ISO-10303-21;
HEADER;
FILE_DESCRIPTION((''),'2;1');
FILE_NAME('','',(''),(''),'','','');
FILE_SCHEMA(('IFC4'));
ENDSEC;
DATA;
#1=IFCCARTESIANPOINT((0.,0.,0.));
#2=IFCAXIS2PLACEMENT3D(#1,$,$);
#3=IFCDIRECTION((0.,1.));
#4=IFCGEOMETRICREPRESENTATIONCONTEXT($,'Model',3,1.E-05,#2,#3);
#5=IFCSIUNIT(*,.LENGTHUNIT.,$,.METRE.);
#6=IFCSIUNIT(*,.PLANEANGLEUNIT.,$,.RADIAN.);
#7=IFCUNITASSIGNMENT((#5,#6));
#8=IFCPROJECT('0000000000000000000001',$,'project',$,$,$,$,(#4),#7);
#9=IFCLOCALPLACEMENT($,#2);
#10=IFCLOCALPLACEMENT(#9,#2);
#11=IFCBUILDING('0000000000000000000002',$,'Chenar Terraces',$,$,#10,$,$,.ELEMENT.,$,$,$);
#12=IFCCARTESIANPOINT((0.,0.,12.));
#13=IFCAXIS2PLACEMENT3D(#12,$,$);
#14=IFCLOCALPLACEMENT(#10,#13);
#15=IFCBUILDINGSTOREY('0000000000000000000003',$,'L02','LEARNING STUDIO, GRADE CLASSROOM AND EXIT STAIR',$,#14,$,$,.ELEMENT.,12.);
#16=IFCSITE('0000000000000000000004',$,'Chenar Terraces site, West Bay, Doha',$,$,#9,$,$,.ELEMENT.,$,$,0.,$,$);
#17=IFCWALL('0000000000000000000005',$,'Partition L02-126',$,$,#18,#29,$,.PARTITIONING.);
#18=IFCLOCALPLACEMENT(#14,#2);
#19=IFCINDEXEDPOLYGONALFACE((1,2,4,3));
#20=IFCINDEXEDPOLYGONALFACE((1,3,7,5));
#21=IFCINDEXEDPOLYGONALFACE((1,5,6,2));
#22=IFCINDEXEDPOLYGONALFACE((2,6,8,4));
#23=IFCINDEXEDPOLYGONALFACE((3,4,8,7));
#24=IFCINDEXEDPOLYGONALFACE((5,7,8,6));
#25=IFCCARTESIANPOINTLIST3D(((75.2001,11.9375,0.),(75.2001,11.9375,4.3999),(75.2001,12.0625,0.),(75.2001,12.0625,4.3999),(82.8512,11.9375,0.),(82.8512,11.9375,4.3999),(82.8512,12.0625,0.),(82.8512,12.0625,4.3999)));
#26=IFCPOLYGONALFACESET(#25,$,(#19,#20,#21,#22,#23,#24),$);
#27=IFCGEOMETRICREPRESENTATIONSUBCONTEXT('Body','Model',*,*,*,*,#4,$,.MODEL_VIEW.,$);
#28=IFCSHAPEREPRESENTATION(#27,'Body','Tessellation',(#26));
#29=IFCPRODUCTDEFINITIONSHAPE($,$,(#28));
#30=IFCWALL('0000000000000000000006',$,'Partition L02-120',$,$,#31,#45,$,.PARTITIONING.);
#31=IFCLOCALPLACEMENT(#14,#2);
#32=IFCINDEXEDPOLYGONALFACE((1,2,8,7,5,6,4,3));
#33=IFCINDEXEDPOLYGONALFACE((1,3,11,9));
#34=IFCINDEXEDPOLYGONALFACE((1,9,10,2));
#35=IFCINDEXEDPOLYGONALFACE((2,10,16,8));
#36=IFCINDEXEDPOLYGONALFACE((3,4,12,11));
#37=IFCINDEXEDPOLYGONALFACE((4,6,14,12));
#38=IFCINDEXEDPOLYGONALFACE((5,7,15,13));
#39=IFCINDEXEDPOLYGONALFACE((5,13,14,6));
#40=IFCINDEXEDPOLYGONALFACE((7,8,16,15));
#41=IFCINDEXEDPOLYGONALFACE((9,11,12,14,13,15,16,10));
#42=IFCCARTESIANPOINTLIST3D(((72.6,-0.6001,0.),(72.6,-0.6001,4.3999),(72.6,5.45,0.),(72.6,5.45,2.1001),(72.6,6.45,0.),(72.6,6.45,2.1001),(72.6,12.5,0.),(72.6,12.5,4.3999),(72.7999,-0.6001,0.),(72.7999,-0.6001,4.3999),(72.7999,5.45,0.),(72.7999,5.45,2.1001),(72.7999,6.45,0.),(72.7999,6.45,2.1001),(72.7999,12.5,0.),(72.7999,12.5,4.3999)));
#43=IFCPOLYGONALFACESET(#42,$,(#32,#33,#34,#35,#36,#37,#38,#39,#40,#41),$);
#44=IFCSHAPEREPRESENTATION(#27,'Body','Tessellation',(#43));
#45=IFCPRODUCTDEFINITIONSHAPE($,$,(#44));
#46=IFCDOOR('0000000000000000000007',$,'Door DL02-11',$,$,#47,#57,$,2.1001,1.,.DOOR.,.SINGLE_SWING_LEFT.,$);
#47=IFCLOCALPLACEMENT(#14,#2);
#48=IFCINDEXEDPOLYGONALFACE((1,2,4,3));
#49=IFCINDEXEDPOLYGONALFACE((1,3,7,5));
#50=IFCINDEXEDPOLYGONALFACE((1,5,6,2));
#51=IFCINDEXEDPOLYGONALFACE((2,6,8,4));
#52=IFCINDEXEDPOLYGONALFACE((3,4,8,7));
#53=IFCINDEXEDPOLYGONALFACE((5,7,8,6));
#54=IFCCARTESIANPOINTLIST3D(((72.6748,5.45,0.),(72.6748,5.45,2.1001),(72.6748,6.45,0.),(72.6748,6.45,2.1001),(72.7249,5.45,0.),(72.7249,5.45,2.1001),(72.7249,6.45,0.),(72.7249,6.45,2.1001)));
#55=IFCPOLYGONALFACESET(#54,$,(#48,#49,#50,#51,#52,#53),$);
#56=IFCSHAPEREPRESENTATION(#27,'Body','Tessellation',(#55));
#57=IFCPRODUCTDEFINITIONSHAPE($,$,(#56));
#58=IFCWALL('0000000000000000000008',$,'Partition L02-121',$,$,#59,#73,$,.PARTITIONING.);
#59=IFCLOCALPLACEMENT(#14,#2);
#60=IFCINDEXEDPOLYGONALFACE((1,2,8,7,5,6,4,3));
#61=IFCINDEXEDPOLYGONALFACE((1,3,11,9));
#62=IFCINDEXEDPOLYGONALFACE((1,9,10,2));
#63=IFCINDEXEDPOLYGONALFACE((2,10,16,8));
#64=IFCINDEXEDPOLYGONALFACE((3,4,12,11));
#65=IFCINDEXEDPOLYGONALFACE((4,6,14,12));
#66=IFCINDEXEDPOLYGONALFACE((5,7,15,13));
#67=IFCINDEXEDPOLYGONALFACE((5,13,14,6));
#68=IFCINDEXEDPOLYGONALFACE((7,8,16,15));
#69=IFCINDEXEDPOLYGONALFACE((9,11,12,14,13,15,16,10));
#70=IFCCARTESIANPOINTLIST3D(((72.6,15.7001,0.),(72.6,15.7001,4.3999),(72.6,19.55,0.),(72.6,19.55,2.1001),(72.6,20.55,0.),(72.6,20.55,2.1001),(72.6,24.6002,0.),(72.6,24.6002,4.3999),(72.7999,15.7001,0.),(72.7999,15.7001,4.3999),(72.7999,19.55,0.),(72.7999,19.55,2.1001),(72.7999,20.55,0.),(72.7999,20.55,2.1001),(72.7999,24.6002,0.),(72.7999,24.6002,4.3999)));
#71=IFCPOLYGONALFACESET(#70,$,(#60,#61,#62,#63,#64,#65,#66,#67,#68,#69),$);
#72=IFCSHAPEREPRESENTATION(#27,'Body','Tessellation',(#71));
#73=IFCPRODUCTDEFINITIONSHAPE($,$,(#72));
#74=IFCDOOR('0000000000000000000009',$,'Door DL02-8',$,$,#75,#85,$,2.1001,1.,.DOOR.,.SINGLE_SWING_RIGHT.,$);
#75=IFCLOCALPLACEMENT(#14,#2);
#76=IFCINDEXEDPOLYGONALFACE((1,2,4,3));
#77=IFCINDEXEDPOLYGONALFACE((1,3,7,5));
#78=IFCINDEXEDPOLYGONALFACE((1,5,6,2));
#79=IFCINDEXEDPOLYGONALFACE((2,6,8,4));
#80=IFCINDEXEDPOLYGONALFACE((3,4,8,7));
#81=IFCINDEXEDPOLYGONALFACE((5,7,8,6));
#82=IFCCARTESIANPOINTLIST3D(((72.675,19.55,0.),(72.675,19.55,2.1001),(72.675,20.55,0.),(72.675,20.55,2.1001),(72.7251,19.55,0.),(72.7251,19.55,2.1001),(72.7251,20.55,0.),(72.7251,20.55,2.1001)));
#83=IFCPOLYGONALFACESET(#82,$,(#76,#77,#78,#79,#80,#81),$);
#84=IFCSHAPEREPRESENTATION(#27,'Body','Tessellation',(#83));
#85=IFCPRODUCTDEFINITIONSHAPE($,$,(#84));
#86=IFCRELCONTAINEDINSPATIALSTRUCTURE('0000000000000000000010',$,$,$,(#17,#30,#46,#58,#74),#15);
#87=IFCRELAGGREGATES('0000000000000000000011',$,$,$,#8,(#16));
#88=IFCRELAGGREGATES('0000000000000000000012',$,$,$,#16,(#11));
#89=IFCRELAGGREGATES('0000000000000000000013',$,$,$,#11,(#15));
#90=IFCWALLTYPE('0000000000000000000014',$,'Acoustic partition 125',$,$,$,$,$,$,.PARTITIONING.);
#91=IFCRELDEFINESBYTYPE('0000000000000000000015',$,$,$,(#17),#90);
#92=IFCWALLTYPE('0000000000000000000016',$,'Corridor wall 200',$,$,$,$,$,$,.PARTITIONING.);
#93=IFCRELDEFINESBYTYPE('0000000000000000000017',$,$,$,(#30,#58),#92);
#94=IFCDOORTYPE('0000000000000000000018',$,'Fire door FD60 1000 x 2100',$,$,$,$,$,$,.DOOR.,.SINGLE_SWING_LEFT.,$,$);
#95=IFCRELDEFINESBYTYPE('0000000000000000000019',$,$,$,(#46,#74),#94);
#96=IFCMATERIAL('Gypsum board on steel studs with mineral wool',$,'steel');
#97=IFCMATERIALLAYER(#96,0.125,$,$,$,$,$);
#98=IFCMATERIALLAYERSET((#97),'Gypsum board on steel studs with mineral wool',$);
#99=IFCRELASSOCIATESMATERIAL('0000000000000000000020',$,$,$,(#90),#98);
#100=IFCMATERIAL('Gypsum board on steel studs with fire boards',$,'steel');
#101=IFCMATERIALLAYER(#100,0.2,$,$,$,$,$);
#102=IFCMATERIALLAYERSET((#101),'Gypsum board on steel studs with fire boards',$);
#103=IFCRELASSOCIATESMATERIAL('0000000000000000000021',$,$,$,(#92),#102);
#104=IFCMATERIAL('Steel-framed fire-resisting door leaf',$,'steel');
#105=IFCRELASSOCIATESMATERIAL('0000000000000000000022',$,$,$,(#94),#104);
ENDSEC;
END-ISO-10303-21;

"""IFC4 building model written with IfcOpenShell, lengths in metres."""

from ifc_helpers import new_model, si_unit, direction, frame, frame_2d, origin, place, context, subcontext, project, spatial, rectangle, extrude, material, layer, layer_set, type_object, element, fill, save


model = new_model("IFC4")

# Units and contexts
model_context = context("Model", 3, precision=1e-05, world=origin(), true_north=direction((0.0, 1.0)))
body_context = subcontext(model_context, "Body", "Model", "MODEL_VIEW")
ifc_project = project(units=[si_unit("LENGTHUNIT", "METRE"), si_unit("PLANEANGLEUNIT", "RADIAN")], contexts=[model_context])

# Site, building, storey
site_placement = place(None, origin())
site = spatial("IfcSite", under=ifc_project, at=site_placement, Name="Chenar Terraces site, West Bay, Doha", CompositionType="ELEMENT", RefElevation=0.0)
building_placement = place(site_placement, origin())
building = spatial("IfcBuilding", under=site, at=building_placement, Name="Chenar Terraces", CompositionType="ELEMENT")
storey_placement = place(building_placement, frame((0.0, 0.0, 12.0)))
storey = spatial("IfcBuildingStorey", under=building, at=storey_placement, Name="L02", Description="LEARNING STUDIO, GRADE CLASSROOM AND EXIT STAIR", CompositionType="ELEMENT", Elevation=12.0)

# Wall
ifc_material_1 = material(Name="Gypsum board on steel studs with mineral wool", Category="steel")
ifc_layer_1 = layer(ifc_material_1, 0.125)
ifc_layer_set_1 = layer_set([ifc_layer_1], Name="Gypsum board on steel studs with mineral wool")
wall_type_1 = type_object("IfcWallType", Name="Acoustic partition 125", PredefinedType="PARTITIONING", material=ifc_layer_set_1)
wall_1_placement = place(storey_placement, frame((75.2, 12.0, 0.0), z_axis=(0.0, 0.0, 1.0), x_axis=(1.0, 0.0, 0.0)))
element("IfcWall", 1, at=wall_1_placement, inside=storey, type_object=wall_type_1, Name="Partition L02-126", PredefinedType="PARTITIONING", context=body_context, shape_type="SweptSolid", body=[
    extrude(rectangle(XDim=7.6511, YDim=0.125, at=frame_2d((3.8257, 0.0))), origin(), (0.0, 0.0, 1.0), 4.3999),
])

# Walls, openings, doors
ifc_material_2 = material(Name="Gypsum board on steel studs with fire boards", Category="steel")
ifc_layer_2 = layer(ifc_material_2, 0.2)
ifc_layer_set_2 = layer_set([ifc_layer_2], Name="Gypsum board on steel studs with fire boards")
wall_type_2 = type_object("IfcWallType", Name="Corridor wall 200", PredefinedType="PARTITIONING", material=ifc_layer_set_2)
wall_2_placement = place(storey_placement, frame((72.7, -0.6001, 0.0), z_axis=(0.0, 0.0, 1.0), x_axis=(0.0, 1.0, 0.0)))
wall_2 = element("IfcWall", 2, at=wall_2_placement, inside=storey, type_object=wall_type_2, Name="Partition L02-120", PredefinedType="PARTITIONING", context=body_context, shape_type="SweptSolid", body=[
    extrude(rectangle(XDim=13.1001, YDim=0.2, at=frame_2d((6.55, 0.0))), origin(), (0.0, 0.0, 1.0), 4.3999),
])
opening_1_placement = place(wall_2_placement, frame((6.05, 0.0, 0.0)))
opening_1 = element("IfcOpeningElement", 3, at=opening_1_placement, cuts=wall_2, PredefinedType="OPENING", context=body_context, shape_type="SweptSolid", body=[
    extrude(rectangle(XDim=1.0, YDim=2.1001, at=frame_2d((0.5, 1.05))), frame((0.0, 0.1099, 0.0), z_axis=(0.0, -1.0, 0.0), x_axis=(1.0, 0.0, 0.0)), (0.0, 0.0, 1.0), 0.22),
])
ifc_material_3 = material(Name="Steel-framed fire-resisting door leaf", Category="steel")
door_type_1 = type_object("IfcDoorType", Name="Fire door FD60 1000 x 2100", OperationType="SINGLE_SWING_LEFT", PredefinedType="DOOR", material=ifc_material_3)
door_1_placement = place(opening_1_placement, frame((1.0, 0.0, 0.0), z_axis=(0.0, 0.0, 1.0), x_axis=(-1.0, 0.0, 0.0)))
door_1 = element("IfcDoor", 4, at=door_1_placement, inside=storey, type_object=door_type_1, Name="Door DL02-11", OperationType="SINGLE_SWING_LEFT", OverallHeight=2.1001, OverallWidth=1.0, PredefinedType="DOOR", context=body_context, shape_type="SweptSolid", body=[
    extrude(rectangle(XDim=1.0, YDim=2.1001, at=frame_2d((0.5, 1.05))), frame((0.0, 0.0249, 0.0), z_axis=(0.0, -1.0, 0.0), x_axis=(1.0, 0.0, 0.0)), (0.0, 0.0, 1.0), 0.05),
])
fill(opening_1, door_1)
wall_3_placement = place(storey_placement, frame((72.7, 15.7, 0.0), z_axis=(0.0, 0.0, 1.0), x_axis=(0.0, 1.0, 0.0)))
wall_3 = element("IfcWall", 5, at=wall_3_placement, inside=storey, type_object=wall_type_2, Name="Partition L02-121", PredefinedType="PARTITIONING", context=body_context, shape_type="SweptSolid", body=[
    extrude(rectangle(XDim=8.9001, YDim=0.2, at=frame_2d((4.4502, 0.0))), origin(), (0.0, 0.0, 1.0), 4.3999),
])
opening_2_placement = place(wall_3_placement, frame((3.8501, 0.0, 0.0)))
opening_2 = element("IfcOpeningElement", 6, at=opening_2_placement, cuts=wall_3, PredefinedType="OPENING", context=body_context, shape_type="SweptSolid", body=[
    extrude(rectangle(XDim=1.0, YDim=2.1001, at=frame_2d((0.5, 1.05))), frame((0.0, 0.1099, 0.0), z_axis=(0.0, -1.0, 0.0), x_axis=(1.0, 0.0, 0.0)), (0.0, 0.0, 1.0), 0.22),
])
door_2_placement = place(opening_2_placement, origin())
door_2 = element("IfcDoor", 7, at=door_2_placement, inside=storey, type_object=door_type_1, Name="Door DL02-8", OperationType="SINGLE_SWING_RIGHT", OverallHeight=2.1001, OverallWidth=1.0, PredefinedType="DOOR", context=body_context, shape_type="SweptSolid", body=[
    extrude(rectangle(XDim=1.0, YDim=2.1001, at=frame_2d((0.5, 1.05))), frame((0.0, 0.0249, 0.0), z_axis=(0.0, -1.0, 0.0), x_axis=(1.0, 0.0, 0.0)), (0.0, 0.0, 1.0), 0.05),
])
fill(opening_2, door_2)

save(model, "model.ifc")
